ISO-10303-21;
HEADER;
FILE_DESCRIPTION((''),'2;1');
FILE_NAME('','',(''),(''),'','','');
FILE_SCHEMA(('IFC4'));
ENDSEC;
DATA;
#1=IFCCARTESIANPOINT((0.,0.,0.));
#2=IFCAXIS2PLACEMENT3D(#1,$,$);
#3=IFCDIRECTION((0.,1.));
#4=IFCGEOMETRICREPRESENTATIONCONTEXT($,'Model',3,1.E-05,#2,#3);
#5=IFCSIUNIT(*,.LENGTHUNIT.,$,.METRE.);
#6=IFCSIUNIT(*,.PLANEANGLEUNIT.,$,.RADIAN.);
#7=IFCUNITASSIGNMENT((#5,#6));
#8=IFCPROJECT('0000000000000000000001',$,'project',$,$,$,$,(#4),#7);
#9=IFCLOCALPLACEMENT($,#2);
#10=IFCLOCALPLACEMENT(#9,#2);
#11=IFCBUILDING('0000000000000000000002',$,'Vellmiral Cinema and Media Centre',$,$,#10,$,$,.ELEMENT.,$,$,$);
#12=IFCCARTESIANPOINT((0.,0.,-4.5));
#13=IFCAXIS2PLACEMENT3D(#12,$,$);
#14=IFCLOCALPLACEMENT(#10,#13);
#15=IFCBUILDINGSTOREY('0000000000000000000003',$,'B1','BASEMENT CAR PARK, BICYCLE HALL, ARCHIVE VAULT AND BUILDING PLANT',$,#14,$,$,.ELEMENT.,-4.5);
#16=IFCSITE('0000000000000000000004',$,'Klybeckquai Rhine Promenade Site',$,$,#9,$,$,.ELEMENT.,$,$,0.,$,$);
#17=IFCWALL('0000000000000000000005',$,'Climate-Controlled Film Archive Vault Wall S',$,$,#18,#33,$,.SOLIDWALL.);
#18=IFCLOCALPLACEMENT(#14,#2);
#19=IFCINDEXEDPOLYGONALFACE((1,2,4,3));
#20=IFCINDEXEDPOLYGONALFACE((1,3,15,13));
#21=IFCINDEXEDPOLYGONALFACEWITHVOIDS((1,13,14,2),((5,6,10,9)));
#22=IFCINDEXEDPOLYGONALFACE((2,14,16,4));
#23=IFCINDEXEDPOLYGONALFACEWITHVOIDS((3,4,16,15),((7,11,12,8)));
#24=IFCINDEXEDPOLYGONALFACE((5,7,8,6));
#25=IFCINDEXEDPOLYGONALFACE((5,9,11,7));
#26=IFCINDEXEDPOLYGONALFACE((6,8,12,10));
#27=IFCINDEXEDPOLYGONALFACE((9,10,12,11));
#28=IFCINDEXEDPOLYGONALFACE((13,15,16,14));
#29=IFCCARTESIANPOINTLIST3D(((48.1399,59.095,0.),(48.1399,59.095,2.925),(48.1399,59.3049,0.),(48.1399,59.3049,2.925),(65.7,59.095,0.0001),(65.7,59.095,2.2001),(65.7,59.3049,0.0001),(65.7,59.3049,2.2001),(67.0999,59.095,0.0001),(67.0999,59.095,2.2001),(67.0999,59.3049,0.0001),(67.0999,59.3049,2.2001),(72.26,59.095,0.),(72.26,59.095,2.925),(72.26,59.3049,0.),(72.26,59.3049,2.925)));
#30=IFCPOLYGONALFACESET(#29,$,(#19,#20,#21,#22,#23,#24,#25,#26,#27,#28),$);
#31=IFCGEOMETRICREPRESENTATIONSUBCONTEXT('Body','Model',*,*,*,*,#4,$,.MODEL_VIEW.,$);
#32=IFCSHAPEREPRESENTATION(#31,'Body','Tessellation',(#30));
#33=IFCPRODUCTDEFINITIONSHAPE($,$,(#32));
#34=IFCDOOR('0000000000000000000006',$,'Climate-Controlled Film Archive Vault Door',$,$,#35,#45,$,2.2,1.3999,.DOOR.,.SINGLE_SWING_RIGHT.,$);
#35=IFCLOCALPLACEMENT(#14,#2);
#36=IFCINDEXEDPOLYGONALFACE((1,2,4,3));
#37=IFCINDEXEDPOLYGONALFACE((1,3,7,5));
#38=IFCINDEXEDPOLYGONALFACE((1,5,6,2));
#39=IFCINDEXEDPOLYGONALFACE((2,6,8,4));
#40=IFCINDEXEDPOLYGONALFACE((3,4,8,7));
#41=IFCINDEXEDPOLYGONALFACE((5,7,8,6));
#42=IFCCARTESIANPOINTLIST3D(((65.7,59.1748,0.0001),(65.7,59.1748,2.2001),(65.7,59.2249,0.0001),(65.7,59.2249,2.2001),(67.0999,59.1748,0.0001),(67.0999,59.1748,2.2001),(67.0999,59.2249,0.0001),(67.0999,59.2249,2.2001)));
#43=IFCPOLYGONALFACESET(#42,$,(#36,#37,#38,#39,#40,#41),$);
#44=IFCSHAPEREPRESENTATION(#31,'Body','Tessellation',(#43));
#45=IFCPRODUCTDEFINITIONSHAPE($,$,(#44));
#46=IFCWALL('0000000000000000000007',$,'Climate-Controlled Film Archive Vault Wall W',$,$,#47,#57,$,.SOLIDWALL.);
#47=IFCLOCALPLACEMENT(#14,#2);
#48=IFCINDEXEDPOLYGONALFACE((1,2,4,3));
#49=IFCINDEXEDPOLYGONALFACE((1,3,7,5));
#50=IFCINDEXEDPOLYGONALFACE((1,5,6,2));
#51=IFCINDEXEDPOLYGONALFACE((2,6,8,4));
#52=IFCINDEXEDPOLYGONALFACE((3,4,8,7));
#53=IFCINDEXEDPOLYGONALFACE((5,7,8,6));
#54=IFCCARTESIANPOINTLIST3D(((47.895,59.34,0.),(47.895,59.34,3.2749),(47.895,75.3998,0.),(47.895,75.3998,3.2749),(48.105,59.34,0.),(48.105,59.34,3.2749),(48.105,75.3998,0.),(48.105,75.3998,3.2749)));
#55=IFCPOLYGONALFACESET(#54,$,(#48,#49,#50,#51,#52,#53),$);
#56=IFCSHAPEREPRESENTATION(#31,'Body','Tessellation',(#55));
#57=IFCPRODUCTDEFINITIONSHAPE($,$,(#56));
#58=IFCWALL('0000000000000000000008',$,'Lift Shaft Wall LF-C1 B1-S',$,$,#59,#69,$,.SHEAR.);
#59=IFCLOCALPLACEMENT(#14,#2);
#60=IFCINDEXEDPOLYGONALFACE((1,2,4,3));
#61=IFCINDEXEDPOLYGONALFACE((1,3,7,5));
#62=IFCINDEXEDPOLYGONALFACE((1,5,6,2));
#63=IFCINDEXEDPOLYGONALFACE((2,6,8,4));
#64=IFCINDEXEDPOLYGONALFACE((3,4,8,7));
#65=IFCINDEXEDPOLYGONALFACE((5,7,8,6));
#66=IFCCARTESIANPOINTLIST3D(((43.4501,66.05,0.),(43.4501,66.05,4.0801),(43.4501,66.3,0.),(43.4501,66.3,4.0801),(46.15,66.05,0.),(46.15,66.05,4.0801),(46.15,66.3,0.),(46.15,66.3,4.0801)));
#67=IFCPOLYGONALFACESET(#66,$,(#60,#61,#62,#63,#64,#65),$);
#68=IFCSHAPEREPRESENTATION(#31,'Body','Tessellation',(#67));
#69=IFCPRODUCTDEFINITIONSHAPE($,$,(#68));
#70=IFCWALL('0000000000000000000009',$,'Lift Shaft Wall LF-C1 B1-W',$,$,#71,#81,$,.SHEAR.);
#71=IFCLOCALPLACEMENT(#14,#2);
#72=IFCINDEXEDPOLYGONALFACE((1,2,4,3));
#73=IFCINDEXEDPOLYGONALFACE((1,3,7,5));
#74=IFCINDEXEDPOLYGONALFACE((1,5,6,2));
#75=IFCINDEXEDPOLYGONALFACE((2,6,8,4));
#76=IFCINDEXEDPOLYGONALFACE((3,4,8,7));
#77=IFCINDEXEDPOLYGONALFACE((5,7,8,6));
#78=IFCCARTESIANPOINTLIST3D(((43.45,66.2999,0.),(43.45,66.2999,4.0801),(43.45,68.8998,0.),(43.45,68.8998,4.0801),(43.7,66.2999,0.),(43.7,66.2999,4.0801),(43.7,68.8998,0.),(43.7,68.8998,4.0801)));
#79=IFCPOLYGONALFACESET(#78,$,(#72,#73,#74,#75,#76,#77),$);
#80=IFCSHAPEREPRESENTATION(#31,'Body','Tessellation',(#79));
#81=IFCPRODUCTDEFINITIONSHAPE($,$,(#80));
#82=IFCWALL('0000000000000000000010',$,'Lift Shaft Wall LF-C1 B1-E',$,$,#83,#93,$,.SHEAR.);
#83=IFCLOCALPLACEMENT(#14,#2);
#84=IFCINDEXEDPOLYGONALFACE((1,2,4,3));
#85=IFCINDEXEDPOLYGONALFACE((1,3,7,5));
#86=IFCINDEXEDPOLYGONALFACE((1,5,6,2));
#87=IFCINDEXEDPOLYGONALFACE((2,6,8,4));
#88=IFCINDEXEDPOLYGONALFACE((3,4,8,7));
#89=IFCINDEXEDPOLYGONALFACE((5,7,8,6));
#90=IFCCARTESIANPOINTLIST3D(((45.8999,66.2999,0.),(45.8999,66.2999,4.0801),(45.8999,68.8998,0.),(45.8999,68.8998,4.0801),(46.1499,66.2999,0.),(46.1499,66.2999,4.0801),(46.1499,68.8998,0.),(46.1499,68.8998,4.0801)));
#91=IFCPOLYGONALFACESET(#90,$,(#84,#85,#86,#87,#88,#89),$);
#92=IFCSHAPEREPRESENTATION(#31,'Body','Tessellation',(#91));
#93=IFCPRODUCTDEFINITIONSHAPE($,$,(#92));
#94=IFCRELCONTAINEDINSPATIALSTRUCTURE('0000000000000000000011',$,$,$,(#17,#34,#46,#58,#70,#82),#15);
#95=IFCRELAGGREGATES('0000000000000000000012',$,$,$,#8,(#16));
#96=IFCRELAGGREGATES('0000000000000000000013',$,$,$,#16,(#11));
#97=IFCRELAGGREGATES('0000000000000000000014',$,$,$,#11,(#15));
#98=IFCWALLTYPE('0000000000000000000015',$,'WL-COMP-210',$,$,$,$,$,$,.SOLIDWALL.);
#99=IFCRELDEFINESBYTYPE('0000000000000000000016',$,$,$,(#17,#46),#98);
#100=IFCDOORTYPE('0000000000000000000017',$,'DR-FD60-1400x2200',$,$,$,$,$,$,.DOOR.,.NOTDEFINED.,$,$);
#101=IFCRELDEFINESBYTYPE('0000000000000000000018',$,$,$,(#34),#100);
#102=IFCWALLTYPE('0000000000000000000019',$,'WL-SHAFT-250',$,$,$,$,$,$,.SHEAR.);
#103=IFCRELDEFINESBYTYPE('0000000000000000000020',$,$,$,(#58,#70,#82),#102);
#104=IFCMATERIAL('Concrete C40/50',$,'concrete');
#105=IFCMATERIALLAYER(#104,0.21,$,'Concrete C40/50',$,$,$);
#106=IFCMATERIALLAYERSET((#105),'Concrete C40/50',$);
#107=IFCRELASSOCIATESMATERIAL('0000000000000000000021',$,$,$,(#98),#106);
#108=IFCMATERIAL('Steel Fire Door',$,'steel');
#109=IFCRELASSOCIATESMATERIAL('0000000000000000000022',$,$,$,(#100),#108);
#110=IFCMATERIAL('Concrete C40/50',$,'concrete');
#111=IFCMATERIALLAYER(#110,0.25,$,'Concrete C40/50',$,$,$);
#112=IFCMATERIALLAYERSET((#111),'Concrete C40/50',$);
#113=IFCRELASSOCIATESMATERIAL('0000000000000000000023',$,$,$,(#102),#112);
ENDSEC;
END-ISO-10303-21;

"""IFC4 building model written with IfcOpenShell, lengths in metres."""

from ifc_helpers import new_model, si_unit, direction, frame, frame_2d, origin, place, context, subcontext, project, spatial, rectangle, extrude, material, layer, layer_set, type_object, element, fill, save


model = new_model("IFC4")

# Units and contexts
model_context = context("Model", 3, precision=1e-05, world=origin(), true_north=direction((0.0, 1.0)))
body_context = subcontext(model_context, "Body", "Model", "MODEL_VIEW")
ifc_project = project(units=[si_unit("LENGTHUNIT", "METRE"), si_unit("PLANEANGLEUNIT", "RADIAN")], contexts=[model_context])

# Site, building, storey
site_placement = place(None, origin())
site = spatial("IfcSite", under=ifc_project, at=site_placement, Name="Klybeckquai Rhine Promenade Site", CompositionType="ELEMENT", RefElevation=0.0)
building_placement = place(site_placement, origin())
building = spatial("IfcBuilding", under=site, at=building_placement, Name="Vellmiral Cinema and Media Centre", CompositionType="ELEMENT")
storey_placement = place(building_placement, frame((0.0, 0.0, -4.5)))
storey = spatial("IfcBuildingStorey", under=building, at=storey_placement, Name="B1", Description="BASEMENT CAR PARK, BICYCLE HALL, ARCHIVE VAULT AND BUILDING PLANT", CompositionType="ELEMENT", Elevation=-4.5)

# Wall, opening, door
ifc_material_1 = material(Name="Concrete C40/50", Category="concrete")
ifc_layer_1 = layer(ifc_material_1, 0.21, Name="Concrete C40/50")
ifc_layer_set_1 = layer_set([ifc_layer_1], Name="Concrete C40/50")
wall_type_1 = type_object("IfcWallType", Name="WL-COMP-210", PredefinedType="SOLIDWALL", material=ifc_layer_set_1)
wall_1_placement = place(storey_placement, frame((48.1399, 59.2, 0.0), z_axis=(0.0, 0.0, 1.0), x_axis=(1.0, 0.0, 0.0)))
wall_1 = element("IfcWall", 1, at=wall_1_placement, inside=storey, type_object=wall_type_1, Name="Climate-Controlled Film Archive Vault Wall S", PredefinedType="SOLIDWALL", context=body_context, shape_type="SweptSolid", body=[
    extrude(rectangle(XDim=24.1201, YDim=0.21, at=frame_2d((12.0601, 0.0))), origin(), (0.0, 0.0, 1.0), 2.925),
])
opening_placement = place(wall_1_placement, frame((17.5601, 0.0, 0.0)))
opening = element("IfcOpeningElement", 2, at=opening_placement, cuts=wall_1, PredefinedType="OPENING", context=body_context, shape_type="SweptSolid", body=[
    extrude(rectangle(XDim=1.3999, YDim=2.2, at=frame_2d((0.7, 1.1001))), frame((0.0, 0.1169, 0.0), z_axis=(0.0, -1.0, 0.0), x_axis=(1.0, 0.0, 0.0)), (0.0, 0.0, 1.0), 0.2339),
])
ifc_material_2 = material(Name="Steel Fire Door", Category="steel")
door_type = type_object("IfcDoorType", Name="DR-FD60-1400x2200", OperationType="NOTDEFINED", PredefinedType="DOOR", material=ifc_material_2)
door_placement = place(opening_placement, origin())
door = element("IfcDoor", 3, at=door_placement, inside=storey, type_object=door_type, Name="Climate-Controlled Film Archive Vault Door", OperationType="SINGLE_SWING_RIGHT", OverallHeight=2.2, OverallWidth=1.3999, PredefinedType="DOOR", context=body_context, shape_type="SweptSolid", body=[
    extrude(rectangle(XDim=1.3999, YDim=2.2, at=frame_2d((0.7, 1.1001))), frame((0.0, 0.0249, 0.0), z_axis=(0.0, -1.0, 0.0), x_axis=(1.0, 0.0, 0.0)), (0.0, 0.0, 1.0), 0.05),
])
fill(opening, door)

# Walls
wall_2_placement = place(storey_placement, frame((48.0, 59.3401, 0.0), z_axis=(0.0, 0.0, 1.0), x_axis=(0.0, 1.0, 0.0)))
element("IfcWall", 4, at=wall_2_placement, inside=storey, type_object=wall_type_1, Name="Climate-Controlled Film Archive Vault Wall W", PredefinedType="SOLIDWALL", context=body_context, shape_type="SweptSolid", body=[
    extrude(rectangle(XDim=16.0598, YDim=0.21, at=frame_2d((8.0298, 0.0))), origin(), (0.0, 0.0, 1.0), 3.2749),
])
ifc_material_3 = material(Name="Concrete C40/50", Category="concrete")
ifc_layer_2 = layer(ifc_material_3, 0.25, Name="Concrete C40/50")
ifc_layer_set_2 = layer_set([ifc_layer_2], Name="Concrete C40/50")
wall_type_2 = type_object("IfcWallType", Name="WL-SHAFT-250", PredefinedType="SHEAR", material=ifc_layer_set_2)
wall_3_placement = place(storey_placement, frame((43.45, 66.175, 0.0), z_axis=(0.0, 0.0, 1.0), x_axis=(1.0, 0.0, 0.0)))
element("IfcWall", 5, at=wall_3_placement, inside=storey, type_object=wall_type_2, Name="Lift Shaft Wall LF-C1 B1-S", PredefinedType="SHEAR", context=body_context, shape_type="SweptSolid", body=[
    extrude(rectangle(XDim=2.7, YDim=0.25, at=frame_2d((1.3501, 0.0))), origin(), (0.0, 0.0, 1.0), 4.0801),
])
for number, where, z_axis, x_axis, name in (
    (6, (43.575, 66.3, 0.0), (0.0, 0.0, 1.0), (0.0, 1.0, 0.0), "Lift Shaft Wall LF-C1 B1-W"),
    (7, (46.0249, 66.3, 0.0), (0.0, 0.0, 1.0), (0.0, 1.0, 0.0), "Lift Shaft Wall LF-C1 B1-E"),
):
    element("IfcWall", number, at=place(storey_placement, frame(where, z_axis=z_axis, x_axis=x_axis)), inside=storey, type_object=wall_type_2, Name=name, PredefinedType="SHEAR", context=body_context, shape_type="SweptSolid", body=[
        extrude(rectangle(XDim=2.5999, YDim=0.25, at=frame_2d((1.2998, 0.0))), origin(), (0.0, 0.0, 1.0), 4.0801),
    ])

save(model, "model.ifc")
